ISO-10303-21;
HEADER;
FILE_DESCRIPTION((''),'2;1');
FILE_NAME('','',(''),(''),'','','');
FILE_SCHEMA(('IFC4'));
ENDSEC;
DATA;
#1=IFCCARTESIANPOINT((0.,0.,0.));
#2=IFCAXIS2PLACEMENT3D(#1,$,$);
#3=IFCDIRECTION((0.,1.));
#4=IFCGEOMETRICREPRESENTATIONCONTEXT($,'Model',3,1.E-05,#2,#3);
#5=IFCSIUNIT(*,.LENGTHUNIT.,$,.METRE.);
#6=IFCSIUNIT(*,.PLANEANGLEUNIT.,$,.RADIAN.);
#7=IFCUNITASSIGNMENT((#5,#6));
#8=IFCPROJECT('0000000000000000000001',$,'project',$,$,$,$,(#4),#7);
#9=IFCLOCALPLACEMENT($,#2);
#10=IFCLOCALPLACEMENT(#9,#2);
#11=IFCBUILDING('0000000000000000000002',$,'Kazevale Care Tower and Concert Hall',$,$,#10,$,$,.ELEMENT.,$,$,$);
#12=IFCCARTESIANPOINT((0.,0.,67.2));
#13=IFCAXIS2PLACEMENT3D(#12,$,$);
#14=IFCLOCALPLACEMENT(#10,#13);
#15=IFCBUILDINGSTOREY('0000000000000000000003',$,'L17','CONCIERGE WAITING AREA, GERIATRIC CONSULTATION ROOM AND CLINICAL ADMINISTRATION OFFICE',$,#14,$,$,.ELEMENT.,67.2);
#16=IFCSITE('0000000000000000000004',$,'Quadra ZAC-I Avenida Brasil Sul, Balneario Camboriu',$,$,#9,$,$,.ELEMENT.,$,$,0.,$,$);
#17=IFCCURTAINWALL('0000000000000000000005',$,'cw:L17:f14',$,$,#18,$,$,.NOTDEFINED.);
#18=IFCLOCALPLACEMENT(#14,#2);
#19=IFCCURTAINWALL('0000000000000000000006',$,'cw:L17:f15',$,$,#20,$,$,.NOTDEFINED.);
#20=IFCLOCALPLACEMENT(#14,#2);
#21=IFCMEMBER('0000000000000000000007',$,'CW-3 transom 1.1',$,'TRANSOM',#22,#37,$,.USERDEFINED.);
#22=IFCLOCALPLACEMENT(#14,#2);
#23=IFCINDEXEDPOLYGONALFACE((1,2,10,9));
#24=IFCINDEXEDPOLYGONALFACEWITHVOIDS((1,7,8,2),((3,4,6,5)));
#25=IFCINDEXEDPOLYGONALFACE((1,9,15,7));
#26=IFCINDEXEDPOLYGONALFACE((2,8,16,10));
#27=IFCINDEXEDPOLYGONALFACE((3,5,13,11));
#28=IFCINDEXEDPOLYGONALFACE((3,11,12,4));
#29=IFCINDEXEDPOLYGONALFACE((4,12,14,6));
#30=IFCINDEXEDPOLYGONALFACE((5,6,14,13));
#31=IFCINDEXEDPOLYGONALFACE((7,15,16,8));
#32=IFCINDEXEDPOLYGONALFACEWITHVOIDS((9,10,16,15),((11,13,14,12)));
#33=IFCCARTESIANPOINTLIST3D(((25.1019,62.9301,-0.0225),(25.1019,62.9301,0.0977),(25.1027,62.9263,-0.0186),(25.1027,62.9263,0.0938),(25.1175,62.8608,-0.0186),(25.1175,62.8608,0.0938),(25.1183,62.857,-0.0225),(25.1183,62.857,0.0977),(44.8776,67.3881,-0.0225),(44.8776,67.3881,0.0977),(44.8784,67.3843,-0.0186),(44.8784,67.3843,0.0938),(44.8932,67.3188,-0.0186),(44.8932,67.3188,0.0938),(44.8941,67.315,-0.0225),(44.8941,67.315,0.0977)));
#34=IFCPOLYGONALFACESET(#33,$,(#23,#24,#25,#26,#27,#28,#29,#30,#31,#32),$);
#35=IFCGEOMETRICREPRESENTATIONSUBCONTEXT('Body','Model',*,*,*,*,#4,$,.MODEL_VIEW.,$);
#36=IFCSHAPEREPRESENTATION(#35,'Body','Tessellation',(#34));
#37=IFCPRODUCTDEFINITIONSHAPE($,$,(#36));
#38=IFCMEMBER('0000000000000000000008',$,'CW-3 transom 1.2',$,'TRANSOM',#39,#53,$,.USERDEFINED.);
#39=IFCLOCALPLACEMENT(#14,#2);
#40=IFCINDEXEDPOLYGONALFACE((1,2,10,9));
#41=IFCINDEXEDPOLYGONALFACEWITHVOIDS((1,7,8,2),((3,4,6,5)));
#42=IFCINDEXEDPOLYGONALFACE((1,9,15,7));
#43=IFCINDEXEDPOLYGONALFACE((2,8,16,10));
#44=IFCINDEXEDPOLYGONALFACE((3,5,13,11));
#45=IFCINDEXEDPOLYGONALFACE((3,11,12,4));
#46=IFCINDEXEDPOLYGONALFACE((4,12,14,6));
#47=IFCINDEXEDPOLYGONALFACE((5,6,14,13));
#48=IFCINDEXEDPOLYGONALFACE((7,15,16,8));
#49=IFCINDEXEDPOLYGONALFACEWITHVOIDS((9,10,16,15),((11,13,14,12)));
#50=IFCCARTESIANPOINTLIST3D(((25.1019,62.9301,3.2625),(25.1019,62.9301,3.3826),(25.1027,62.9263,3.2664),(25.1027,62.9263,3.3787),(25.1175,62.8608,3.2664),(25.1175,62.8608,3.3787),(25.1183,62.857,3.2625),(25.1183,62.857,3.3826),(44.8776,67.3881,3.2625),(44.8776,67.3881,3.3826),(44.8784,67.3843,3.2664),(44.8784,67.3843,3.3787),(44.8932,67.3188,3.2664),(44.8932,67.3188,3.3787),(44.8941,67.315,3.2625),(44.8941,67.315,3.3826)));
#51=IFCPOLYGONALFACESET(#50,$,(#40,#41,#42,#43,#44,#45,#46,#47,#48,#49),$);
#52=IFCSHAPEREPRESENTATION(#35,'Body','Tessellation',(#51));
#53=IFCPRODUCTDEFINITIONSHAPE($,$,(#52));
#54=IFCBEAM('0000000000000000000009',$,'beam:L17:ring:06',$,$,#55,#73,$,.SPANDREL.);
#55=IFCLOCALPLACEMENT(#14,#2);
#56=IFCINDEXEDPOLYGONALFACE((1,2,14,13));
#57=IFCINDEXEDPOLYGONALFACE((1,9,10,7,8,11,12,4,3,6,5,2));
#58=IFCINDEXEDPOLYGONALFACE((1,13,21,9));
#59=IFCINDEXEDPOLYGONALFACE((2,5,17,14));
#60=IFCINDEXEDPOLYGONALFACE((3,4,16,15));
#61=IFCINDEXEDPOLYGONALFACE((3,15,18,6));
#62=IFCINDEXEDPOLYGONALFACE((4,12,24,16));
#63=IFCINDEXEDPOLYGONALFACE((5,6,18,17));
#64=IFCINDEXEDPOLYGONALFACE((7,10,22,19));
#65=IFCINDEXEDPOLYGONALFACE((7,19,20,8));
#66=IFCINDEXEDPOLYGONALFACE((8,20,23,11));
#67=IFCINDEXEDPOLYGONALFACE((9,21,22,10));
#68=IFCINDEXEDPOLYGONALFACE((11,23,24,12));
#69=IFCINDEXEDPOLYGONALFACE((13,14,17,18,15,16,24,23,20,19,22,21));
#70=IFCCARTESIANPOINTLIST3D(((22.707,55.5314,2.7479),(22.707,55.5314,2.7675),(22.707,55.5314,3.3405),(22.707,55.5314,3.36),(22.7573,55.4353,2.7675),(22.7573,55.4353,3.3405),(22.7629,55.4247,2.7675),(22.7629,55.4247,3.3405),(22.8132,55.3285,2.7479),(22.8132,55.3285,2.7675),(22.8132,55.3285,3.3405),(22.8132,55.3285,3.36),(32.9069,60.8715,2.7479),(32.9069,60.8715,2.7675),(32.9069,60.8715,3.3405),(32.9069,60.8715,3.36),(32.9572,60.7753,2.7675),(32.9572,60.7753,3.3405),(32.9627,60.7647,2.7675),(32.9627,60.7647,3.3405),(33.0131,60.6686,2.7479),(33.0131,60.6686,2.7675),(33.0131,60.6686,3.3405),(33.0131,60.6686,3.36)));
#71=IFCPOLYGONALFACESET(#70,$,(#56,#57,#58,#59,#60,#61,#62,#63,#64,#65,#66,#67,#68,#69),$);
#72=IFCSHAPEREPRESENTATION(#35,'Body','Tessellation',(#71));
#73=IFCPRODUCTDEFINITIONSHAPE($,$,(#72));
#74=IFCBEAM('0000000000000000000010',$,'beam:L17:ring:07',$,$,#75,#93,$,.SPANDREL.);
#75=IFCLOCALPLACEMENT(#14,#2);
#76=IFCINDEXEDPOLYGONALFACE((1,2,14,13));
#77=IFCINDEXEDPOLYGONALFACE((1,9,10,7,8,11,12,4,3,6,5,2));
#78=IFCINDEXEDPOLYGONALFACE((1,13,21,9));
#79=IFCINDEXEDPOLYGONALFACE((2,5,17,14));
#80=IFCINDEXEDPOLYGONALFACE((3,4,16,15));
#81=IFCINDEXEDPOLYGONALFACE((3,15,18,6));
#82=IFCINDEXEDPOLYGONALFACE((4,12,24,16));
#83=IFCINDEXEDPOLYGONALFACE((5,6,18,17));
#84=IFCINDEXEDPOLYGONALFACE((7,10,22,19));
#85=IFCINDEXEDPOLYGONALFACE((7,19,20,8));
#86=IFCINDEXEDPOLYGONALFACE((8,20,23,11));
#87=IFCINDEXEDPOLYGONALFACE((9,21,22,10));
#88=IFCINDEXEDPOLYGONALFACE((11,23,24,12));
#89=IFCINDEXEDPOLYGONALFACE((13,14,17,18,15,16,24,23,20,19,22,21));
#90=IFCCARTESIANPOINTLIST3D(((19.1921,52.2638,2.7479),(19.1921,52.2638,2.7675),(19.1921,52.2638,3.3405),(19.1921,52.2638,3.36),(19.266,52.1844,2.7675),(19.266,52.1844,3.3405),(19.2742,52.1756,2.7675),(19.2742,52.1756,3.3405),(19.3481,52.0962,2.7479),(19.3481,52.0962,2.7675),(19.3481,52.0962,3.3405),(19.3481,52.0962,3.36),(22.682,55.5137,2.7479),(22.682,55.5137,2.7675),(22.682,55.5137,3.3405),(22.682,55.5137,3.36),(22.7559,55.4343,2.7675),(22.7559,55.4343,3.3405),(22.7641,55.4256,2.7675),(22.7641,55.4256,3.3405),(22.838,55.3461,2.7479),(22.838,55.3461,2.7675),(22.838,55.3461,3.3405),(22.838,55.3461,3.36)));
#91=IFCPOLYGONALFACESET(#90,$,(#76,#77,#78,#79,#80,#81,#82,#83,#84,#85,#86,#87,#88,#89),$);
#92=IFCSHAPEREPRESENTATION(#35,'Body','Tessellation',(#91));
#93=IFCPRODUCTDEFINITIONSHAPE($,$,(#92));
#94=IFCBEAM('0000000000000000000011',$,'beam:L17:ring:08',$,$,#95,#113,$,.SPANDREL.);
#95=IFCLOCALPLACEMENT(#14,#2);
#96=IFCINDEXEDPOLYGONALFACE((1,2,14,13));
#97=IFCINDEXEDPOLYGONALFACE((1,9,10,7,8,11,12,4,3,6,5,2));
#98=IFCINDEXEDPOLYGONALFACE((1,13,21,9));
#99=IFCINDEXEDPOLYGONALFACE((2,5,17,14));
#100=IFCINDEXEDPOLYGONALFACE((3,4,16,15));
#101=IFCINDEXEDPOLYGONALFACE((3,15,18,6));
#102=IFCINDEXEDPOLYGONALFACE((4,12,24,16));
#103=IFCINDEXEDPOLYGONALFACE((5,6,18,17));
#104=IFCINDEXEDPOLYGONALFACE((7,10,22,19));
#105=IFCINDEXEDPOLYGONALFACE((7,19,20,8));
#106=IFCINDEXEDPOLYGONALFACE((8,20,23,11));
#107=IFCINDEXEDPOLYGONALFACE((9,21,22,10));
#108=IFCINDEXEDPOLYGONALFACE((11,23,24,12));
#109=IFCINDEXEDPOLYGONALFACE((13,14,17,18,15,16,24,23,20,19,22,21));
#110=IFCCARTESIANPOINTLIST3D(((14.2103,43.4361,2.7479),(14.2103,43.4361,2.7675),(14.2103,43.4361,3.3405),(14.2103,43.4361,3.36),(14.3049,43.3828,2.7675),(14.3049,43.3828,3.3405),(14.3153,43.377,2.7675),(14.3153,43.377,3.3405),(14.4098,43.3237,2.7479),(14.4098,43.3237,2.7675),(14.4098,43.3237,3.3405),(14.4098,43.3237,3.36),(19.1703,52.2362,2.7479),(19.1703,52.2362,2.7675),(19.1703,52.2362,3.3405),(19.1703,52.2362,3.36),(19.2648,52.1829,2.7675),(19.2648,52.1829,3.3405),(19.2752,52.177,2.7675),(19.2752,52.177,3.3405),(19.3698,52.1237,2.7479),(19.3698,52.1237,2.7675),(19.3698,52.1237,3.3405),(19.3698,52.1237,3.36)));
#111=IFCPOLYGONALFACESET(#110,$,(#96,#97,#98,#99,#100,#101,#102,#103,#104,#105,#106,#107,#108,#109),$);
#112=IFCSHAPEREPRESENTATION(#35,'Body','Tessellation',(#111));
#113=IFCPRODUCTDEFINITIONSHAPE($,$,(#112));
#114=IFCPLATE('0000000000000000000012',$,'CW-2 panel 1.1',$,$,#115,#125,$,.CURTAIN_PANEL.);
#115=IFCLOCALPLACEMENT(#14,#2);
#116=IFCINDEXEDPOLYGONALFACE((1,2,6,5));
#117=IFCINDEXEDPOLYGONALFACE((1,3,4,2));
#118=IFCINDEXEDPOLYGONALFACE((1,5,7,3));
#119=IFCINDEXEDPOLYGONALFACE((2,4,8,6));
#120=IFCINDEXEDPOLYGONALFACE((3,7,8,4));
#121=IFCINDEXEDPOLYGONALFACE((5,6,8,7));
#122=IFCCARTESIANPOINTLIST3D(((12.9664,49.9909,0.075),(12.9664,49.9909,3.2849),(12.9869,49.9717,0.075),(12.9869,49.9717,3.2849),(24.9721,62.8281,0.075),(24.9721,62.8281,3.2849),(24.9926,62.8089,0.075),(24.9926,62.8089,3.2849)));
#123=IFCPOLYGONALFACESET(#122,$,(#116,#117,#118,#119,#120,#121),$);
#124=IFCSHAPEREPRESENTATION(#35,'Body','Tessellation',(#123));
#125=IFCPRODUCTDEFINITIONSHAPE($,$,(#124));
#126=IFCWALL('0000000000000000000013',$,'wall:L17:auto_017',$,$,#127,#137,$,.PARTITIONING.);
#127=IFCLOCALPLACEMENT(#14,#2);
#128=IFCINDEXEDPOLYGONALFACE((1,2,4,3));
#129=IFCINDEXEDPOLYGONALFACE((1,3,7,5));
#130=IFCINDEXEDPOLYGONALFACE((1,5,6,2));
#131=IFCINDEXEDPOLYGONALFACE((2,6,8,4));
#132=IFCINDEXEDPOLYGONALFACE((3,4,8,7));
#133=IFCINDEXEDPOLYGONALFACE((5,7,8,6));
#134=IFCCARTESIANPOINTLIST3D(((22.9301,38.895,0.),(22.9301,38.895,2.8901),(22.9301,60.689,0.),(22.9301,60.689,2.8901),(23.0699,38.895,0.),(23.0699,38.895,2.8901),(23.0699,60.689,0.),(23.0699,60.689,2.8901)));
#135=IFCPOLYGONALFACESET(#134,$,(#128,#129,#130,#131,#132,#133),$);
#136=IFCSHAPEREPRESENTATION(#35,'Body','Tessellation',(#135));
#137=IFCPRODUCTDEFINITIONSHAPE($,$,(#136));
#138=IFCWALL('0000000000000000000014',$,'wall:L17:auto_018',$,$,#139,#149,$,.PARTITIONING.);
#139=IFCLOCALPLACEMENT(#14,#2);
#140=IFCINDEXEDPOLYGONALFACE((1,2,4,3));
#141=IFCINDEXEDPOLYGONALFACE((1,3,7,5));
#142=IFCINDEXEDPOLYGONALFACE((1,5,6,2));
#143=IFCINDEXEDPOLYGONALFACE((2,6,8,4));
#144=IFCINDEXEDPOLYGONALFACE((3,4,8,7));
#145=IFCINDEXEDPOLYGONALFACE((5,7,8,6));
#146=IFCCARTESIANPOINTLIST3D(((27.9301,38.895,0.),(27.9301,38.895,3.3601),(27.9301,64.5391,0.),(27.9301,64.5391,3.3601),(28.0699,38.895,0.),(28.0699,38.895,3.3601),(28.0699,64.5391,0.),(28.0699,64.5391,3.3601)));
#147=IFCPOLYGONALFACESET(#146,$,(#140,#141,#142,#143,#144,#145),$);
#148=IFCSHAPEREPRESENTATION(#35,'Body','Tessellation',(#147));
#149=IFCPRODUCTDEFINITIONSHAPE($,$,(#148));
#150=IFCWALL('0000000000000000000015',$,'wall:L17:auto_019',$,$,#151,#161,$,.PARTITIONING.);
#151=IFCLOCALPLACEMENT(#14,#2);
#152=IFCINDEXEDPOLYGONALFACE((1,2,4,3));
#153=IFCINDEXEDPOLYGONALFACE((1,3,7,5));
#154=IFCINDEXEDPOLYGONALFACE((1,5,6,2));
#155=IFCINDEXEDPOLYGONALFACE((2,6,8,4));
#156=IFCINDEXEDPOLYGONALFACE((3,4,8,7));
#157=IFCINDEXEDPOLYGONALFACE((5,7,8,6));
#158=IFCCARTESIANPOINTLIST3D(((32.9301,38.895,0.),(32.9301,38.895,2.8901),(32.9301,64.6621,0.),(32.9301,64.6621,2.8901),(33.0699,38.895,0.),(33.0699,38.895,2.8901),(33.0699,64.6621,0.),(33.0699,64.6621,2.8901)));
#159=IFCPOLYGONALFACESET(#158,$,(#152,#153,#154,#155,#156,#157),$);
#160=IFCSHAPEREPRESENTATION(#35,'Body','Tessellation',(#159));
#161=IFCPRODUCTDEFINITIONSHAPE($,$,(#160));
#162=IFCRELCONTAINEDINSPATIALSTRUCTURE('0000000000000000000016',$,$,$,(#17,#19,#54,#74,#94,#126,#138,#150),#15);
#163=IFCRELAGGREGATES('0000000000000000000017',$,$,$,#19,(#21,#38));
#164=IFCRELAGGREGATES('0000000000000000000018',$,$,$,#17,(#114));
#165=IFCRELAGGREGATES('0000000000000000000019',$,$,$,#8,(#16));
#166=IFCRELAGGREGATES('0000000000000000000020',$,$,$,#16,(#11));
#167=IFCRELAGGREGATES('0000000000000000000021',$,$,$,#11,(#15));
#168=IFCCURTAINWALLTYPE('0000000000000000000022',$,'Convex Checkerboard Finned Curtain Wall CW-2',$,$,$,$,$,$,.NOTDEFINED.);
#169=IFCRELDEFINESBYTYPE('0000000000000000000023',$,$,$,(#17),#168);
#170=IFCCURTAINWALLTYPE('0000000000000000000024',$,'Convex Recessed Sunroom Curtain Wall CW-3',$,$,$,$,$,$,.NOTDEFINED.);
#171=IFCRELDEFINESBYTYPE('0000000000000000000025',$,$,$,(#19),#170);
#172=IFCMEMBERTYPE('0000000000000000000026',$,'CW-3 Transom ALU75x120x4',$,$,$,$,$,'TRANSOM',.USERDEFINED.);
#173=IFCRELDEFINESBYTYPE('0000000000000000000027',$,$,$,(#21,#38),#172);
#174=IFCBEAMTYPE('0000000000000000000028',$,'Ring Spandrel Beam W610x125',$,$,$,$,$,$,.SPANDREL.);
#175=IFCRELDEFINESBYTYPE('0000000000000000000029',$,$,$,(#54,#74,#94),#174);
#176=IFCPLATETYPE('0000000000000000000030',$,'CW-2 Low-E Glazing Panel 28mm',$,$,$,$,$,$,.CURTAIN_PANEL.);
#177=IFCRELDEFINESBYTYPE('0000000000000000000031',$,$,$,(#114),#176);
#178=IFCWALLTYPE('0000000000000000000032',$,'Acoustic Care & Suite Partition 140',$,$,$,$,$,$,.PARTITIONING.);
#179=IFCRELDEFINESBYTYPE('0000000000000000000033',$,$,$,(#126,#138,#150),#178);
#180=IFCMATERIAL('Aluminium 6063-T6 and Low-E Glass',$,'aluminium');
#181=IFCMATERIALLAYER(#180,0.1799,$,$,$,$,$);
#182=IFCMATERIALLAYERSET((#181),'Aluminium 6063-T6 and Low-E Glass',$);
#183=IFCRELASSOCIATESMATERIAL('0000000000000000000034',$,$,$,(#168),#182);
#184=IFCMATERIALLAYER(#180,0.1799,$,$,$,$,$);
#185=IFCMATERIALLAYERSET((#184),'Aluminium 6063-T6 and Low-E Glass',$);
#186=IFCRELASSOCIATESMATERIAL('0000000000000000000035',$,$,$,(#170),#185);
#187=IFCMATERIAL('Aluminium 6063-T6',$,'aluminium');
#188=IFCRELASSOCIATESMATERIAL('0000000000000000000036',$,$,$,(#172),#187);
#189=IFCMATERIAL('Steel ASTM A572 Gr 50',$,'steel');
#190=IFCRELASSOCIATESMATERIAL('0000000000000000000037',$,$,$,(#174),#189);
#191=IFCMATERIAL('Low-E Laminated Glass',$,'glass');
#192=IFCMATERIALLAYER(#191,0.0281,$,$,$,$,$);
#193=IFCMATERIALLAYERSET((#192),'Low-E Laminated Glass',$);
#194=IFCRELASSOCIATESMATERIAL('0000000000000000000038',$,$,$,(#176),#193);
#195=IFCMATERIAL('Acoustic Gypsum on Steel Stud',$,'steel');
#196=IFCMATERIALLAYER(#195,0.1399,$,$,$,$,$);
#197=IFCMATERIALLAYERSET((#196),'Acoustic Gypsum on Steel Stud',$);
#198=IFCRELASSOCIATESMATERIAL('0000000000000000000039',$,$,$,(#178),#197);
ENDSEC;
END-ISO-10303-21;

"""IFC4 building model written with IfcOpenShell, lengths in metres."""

from ifc_helpers import new_model, si_unit, direction, frame, frame_2d, origin, origin_2d, place, context, subcontext, project, spatial, rectangle, hollow_rectangle, i_section, extrude, material, layer, layer_set, material_profile, profile_set, type_object, element, aggregate, save


model = new_model("IFC4")

# Units and contexts
model_context = context("Model", 3, precision=1e-05, world=origin(), true_north=direction((0.0, 1.0)))
body_context = subcontext(model_context, "Body", "Model", "MODEL_VIEW")
ifc_project = project(units=[si_unit("LENGTHUNIT", "METRE"), si_unit("PLANEANGLEUNIT", "RADIAN")], contexts=[model_context])

# Site, building, storey
site_placement = place(None, origin())
site = spatial("IfcSite", under=ifc_project, at=site_placement, Name="Quadra ZAC-I Avenida Brasil Sul, Balneario Camboriu", CompositionType="ELEMENT", RefElevation=0.0)
building_placement = place(site_placement, origin())
building = spatial("IfcBuilding", under=site, at=building_placement, Name="Kazevale Care Tower and Concert Hall", CompositionType="ELEMENT")
storey_placement = place(building_placement, frame((0.0, 0.0, 67.2)))
storey = spatial("IfcBuildingStorey", under=building, at=storey_placement, Name="L17", Description="CONCIERGE WAITING AREA, GERIATRIC CONSULTATION ROOM AND CLINICAL ADMINISTRATION OFFICE", CompositionType="ELEMENT", Elevation=67.2)

# Curtain wall
ifc_material_1 = material(Name="Aluminium 6063-T6 and Low-E Glass", Category="aluminium")
ifc_layer_1 = layer(ifc_material_1, 0.1799)
ifc_layer_set_1 = layer_set([ifc_layer_1], Name="Aluminium 6063-T6 and Low-E Glass")
curtain_wall_type_1 = type_object("IfcCurtainWallType", Name="Convex Checkerboard Finned Curtain Wall CW-2", PredefinedType="NOTDEFINED", material=ifc_layer_set_1)
curtain_wall_1_placement = place(storey_placement, origin())
curtain_wall_1 = element("IfcCurtainWall", 1, at=curtain_wall_1_placement, inside=storey, type_object=curtain_wall_type_1, Name="cw:L17:f14", PredefinedType="NOTDEFINED")
ifc_material_2 = material(Name="Aluminium 6063-T6", Category="aluminium")

# Curtain wall, members
ifc_layer_2 = layer(ifc_material_1, 0.1799)
ifc_layer_set_2 = layer_set([ifc_layer_2], Name="Aluminium 6063-T6 and Low-E Glass")
curtain_wall_type_2 = type_object("IfcCurtainWallType", Name="Convex Recessed Sunroom Curtain Wall CW-3", PredefinedType="NOTDEFINED", material=ifc_layer_set_2)
curtain_wall_2_placement = place(storey_placement, origin())
curtain_wall_2 = element("IfcCurtainWall", 2, at=curtain_wall_2_placement, inside=storey, type_object=curtain_wall_type_2, Name="cw:L17:f15", PredefinedType="NOTDEFINED")
ifc_material_profile_1 = material_profile(ifc_material_2, hollow_rectangle(XDim=0.075, YDim=0.1201, WallThickness=0.0039, at=origin_2d()), Name="ALU75x120x4")
ifc_profile_set_1 = profile_set([ifc_material_profile_1], Name="Aluminium 6063-T6")
member_type_1 = type_object("IfcMemberType", Name="CW-3 Transom ALU75x120x4", ElementType="TRANSOM", PredefinedType="USERDEFINED", material=ifc_profile_set_1)
member_1_placement = place(storey_placement, frame((25.1101, 62.8936, 0.0376), z_axis=(0.97552, 0.219911, 0.0), x_axis=(-0.219911, 0.97552, 0.0)))
member_1 = element("IfcMember", 3, at=member_1_placement, type_object=member_type_1, Name="CW-3 transom 1.1", ObjectType="TRANSOM", PredefinedType="USERDEFINED", context=body_context, shape_type="SweptSolid", body=[
    extrude(hollow_rectangle(XDim=0.075, YDim=0.1201, WallThickness=0.0039, at=origin_2d()), origin(), (0.0, 0.0, 1.0), 20.272),
])
member_2_placement = place(storey_placement, frame((25.1101, 62.8936, 3.3225), z_axis=(0.97552, 0.219911, 0.0), x_axis=(-0.219911, 0.97552, 0.0)))
member_2 = element("IfcMember", 4, at=member_2_placement, type_object=member_type_1, Name="CW-3 transom 1.2", ObjectType="TRANSOM", PredefinedType="USERDEFINED", context=body_context, shape_type="SweptSolid", body=[
    extrude(hollow_rectangle(XDim=0.075, YDim=0.1201, WallThickness=0.0039, at=origin_2d()), origin(), (0.0, 0.0, 1.0), 20.272),
])
aggregate(curtain_wall_2, [member_1, member_2])

# Beams
ifc_material_3 = material(Name="Steel ASTM A572 Gr 50", Category="steel")
ifc_material_profile_2 = material_profile(ifc_material_3, i_section(OverallWidth=0.229, OverallDepth=0.6121, WebThickness=0.012, FlangeThickness=0.0195, at=origin_2d()), Name="W610x125")
ifc_profile_set_2 = profile_set([ifc_material_profile_2], Name="Steel ASTM A572 Gr 50")
beam_type = type_object("IfcBeamType", Name="Ring Spandrel Beam W610x125", PredefinedType="SPANDREL", material=ifc_profile_set_2)
beam_1_placement = place(storey_placement, frame((32.96, 60.77, 3.054), z_axis=(-0.885929, -0.46382, 0.0), x_axis=(0.46382, -0.885929, 0.0)))
element("IfcBeam", 5, at=beam_1_placement, inside=storey, type_object=beam_type, Name="beam:L17:ring:06", PredefinedType="SPANDREL", context=body_context, shape_type="SweptSolid", body=[
    extrude(i_section(OverallWidth=0.229, OverallDepth=0.6121, WebThickness=0.012, FlangeThickness=0.0195, at=origin_2d()), origin(), (0.0, 0.0, 1.0), 11.5132),
])
beam_2_placement = place(storey_placement, frame((22.76, 55.4299, 3.054), z_axis=(-0.731821, -0.681497, 0.0), x_axis=(0.681497, -0.731821, 0.0)))
element("IfcBeam", 6, at=beam_2_placement, inside=storey, type_object=beam_type, Name="beam:L17:ring:07", PredefinedType="SPANDREL", context=body_context, shape_type="SweptSolid", body=[
    extrude(i_section(OverallWidth=0.229, OverallDepth=0.6121, WebThickness=0.012, FlangeThickness=0.0195, at=origin_2d()), origin(), (0.0, 0.0, 1.0), 4.7688),
])
beam_3_placement = place(storey_placement, frame((19.27, 52.1799, 3.054), z_axis=(-0.491008, -0.871155, 0.0), x_axis=(0.871155, -0.491008, 0.0)))
element("IfcBeam", 7, at=beam_3_placement, inside=storey, type_object=beam_type, Name="beam:L17:ring:08", PredefinedType="SPANDREL", context=body_context, shape_type="SweptSolid", body=[
    extrude(i_section(OverallWidth=0.229, OverallDepth=0.6121, WebThickness=0.012, FlangeThickness=0.0195, at=origin_2d()), origin(), (0.0, 0.0, 1.0), 10.1016),
])

# Plate
ifc_material_4 = material(Name="Low-E Laminated Glass", Category="glass")
ifc_layer_3 = layer(ifc_material_4, 0.0281)
ifc_layer_set_3 = layer_set([ifc_layer_3], Name="Low-E Laminated Glass")
plate_type = type_object("IfcPlateType", Name="CW-2 Low-E Glazing Panel 28mm", PredefinedType="CURTAIN_PANEL", material=ifc_layer_set_3)
plate_placement = place(storey_placement, frame((18.9795, 56.3999, 0.075), z_axis=(0.0, 0.0, 1.0), x_axis=(0.683059, 0.730363, 0.0)))
plate = element("IfcPlate", 8, at=plate_placement, type_object=plate_type, Name="CW-2 panel 1.1", PredefinedType="CURTAIN_PANEL", context=body_context, shape_type="SweptSolid", body=[
    extrude(rectangle(XDim=17.5764, YDim=0.0281, at=origin_2d()), origin(), (0.0, 0.0, 1.0), 3.21),
])
aggregate(curtain_wall_1, [plate])

# Walls
ifc_material_5 = material(Name="Acoustic Gypsum on Steel Stud", Category="steel")
ifc_layer_4 = layer(ifc_material_5, 0.1399)
ifc_layer_set_4 = layer_set([ifc_layer_4], Name="Acoustic Gypsum on Steel Stud")
wall_type = type_object("IfcWallType", Name="Acoustic Care & Suite Partition 140", PredefinedType="PARTITIONING", material=ifc_layer_set_4)
wall_1_placement = place(storey_placement, frame((23.0, 60.689, 0.0), z_axis=(0.0, 0.0, 1.0), x_axis=(0.0, -1.0, 0.0)))
element("IfcWall", 9, at=wall_1_placement, inside=storey, type_object=wall_type, Name="wall:L17:auto_017", PredefinedType="PARTITIONING", context=body_context, shape_type="SweptSolid", body=[
    extrude(rectangle(XDim=21.7939, YDim=0.1399, at=frame_2d((10.897, 0.0))), origin(), (0.0, 0.0, 1.0), 2.8901),
])
wall_2_placement = place(storey_placement, frame((28.0, 64.5391, 0.0), z_axis=(0.0, 0.0, 1.0), x_axis=(0.0, -1.0, 0.0)))
element("IfcWall", 10, at=wall_2_placement, inside=storey, type_object=wall_type, Name="wall:L17:auto_018", PredefinedType="PARTITIONING", context=body_context, shape_type="SweptSolid", body=[
    extrude(rectangle(XDim=25.644, YDim=0.1399, at=frame_2d((12.822, 0.0))), origin(), (0.0, 0.0, 1.0), 3.3601),
])
wall_3_placement = place(storey_placement, frame((33.0, 64.6621, 0.0), z_axis=(0.0, 0.0, 1.0), x_axis=(0.0, -1.0, 0.0)))
element("IfcWall", 11, at=wall_3_placement, inside=storey, type_object=wall_type, Name="wall:L17:auto_019", PredefinedType="PARTITIONING", context=body_context, shape_type="SweptSolid", body=[
    extrude(rectangle(XDim=25.7671, YDim=0.1399, at=frame_2d((12.8835, 0.0))), origin(), (0.0, 0.0, 1.0), 2.8901),
])

save(model, "model.ifc")
